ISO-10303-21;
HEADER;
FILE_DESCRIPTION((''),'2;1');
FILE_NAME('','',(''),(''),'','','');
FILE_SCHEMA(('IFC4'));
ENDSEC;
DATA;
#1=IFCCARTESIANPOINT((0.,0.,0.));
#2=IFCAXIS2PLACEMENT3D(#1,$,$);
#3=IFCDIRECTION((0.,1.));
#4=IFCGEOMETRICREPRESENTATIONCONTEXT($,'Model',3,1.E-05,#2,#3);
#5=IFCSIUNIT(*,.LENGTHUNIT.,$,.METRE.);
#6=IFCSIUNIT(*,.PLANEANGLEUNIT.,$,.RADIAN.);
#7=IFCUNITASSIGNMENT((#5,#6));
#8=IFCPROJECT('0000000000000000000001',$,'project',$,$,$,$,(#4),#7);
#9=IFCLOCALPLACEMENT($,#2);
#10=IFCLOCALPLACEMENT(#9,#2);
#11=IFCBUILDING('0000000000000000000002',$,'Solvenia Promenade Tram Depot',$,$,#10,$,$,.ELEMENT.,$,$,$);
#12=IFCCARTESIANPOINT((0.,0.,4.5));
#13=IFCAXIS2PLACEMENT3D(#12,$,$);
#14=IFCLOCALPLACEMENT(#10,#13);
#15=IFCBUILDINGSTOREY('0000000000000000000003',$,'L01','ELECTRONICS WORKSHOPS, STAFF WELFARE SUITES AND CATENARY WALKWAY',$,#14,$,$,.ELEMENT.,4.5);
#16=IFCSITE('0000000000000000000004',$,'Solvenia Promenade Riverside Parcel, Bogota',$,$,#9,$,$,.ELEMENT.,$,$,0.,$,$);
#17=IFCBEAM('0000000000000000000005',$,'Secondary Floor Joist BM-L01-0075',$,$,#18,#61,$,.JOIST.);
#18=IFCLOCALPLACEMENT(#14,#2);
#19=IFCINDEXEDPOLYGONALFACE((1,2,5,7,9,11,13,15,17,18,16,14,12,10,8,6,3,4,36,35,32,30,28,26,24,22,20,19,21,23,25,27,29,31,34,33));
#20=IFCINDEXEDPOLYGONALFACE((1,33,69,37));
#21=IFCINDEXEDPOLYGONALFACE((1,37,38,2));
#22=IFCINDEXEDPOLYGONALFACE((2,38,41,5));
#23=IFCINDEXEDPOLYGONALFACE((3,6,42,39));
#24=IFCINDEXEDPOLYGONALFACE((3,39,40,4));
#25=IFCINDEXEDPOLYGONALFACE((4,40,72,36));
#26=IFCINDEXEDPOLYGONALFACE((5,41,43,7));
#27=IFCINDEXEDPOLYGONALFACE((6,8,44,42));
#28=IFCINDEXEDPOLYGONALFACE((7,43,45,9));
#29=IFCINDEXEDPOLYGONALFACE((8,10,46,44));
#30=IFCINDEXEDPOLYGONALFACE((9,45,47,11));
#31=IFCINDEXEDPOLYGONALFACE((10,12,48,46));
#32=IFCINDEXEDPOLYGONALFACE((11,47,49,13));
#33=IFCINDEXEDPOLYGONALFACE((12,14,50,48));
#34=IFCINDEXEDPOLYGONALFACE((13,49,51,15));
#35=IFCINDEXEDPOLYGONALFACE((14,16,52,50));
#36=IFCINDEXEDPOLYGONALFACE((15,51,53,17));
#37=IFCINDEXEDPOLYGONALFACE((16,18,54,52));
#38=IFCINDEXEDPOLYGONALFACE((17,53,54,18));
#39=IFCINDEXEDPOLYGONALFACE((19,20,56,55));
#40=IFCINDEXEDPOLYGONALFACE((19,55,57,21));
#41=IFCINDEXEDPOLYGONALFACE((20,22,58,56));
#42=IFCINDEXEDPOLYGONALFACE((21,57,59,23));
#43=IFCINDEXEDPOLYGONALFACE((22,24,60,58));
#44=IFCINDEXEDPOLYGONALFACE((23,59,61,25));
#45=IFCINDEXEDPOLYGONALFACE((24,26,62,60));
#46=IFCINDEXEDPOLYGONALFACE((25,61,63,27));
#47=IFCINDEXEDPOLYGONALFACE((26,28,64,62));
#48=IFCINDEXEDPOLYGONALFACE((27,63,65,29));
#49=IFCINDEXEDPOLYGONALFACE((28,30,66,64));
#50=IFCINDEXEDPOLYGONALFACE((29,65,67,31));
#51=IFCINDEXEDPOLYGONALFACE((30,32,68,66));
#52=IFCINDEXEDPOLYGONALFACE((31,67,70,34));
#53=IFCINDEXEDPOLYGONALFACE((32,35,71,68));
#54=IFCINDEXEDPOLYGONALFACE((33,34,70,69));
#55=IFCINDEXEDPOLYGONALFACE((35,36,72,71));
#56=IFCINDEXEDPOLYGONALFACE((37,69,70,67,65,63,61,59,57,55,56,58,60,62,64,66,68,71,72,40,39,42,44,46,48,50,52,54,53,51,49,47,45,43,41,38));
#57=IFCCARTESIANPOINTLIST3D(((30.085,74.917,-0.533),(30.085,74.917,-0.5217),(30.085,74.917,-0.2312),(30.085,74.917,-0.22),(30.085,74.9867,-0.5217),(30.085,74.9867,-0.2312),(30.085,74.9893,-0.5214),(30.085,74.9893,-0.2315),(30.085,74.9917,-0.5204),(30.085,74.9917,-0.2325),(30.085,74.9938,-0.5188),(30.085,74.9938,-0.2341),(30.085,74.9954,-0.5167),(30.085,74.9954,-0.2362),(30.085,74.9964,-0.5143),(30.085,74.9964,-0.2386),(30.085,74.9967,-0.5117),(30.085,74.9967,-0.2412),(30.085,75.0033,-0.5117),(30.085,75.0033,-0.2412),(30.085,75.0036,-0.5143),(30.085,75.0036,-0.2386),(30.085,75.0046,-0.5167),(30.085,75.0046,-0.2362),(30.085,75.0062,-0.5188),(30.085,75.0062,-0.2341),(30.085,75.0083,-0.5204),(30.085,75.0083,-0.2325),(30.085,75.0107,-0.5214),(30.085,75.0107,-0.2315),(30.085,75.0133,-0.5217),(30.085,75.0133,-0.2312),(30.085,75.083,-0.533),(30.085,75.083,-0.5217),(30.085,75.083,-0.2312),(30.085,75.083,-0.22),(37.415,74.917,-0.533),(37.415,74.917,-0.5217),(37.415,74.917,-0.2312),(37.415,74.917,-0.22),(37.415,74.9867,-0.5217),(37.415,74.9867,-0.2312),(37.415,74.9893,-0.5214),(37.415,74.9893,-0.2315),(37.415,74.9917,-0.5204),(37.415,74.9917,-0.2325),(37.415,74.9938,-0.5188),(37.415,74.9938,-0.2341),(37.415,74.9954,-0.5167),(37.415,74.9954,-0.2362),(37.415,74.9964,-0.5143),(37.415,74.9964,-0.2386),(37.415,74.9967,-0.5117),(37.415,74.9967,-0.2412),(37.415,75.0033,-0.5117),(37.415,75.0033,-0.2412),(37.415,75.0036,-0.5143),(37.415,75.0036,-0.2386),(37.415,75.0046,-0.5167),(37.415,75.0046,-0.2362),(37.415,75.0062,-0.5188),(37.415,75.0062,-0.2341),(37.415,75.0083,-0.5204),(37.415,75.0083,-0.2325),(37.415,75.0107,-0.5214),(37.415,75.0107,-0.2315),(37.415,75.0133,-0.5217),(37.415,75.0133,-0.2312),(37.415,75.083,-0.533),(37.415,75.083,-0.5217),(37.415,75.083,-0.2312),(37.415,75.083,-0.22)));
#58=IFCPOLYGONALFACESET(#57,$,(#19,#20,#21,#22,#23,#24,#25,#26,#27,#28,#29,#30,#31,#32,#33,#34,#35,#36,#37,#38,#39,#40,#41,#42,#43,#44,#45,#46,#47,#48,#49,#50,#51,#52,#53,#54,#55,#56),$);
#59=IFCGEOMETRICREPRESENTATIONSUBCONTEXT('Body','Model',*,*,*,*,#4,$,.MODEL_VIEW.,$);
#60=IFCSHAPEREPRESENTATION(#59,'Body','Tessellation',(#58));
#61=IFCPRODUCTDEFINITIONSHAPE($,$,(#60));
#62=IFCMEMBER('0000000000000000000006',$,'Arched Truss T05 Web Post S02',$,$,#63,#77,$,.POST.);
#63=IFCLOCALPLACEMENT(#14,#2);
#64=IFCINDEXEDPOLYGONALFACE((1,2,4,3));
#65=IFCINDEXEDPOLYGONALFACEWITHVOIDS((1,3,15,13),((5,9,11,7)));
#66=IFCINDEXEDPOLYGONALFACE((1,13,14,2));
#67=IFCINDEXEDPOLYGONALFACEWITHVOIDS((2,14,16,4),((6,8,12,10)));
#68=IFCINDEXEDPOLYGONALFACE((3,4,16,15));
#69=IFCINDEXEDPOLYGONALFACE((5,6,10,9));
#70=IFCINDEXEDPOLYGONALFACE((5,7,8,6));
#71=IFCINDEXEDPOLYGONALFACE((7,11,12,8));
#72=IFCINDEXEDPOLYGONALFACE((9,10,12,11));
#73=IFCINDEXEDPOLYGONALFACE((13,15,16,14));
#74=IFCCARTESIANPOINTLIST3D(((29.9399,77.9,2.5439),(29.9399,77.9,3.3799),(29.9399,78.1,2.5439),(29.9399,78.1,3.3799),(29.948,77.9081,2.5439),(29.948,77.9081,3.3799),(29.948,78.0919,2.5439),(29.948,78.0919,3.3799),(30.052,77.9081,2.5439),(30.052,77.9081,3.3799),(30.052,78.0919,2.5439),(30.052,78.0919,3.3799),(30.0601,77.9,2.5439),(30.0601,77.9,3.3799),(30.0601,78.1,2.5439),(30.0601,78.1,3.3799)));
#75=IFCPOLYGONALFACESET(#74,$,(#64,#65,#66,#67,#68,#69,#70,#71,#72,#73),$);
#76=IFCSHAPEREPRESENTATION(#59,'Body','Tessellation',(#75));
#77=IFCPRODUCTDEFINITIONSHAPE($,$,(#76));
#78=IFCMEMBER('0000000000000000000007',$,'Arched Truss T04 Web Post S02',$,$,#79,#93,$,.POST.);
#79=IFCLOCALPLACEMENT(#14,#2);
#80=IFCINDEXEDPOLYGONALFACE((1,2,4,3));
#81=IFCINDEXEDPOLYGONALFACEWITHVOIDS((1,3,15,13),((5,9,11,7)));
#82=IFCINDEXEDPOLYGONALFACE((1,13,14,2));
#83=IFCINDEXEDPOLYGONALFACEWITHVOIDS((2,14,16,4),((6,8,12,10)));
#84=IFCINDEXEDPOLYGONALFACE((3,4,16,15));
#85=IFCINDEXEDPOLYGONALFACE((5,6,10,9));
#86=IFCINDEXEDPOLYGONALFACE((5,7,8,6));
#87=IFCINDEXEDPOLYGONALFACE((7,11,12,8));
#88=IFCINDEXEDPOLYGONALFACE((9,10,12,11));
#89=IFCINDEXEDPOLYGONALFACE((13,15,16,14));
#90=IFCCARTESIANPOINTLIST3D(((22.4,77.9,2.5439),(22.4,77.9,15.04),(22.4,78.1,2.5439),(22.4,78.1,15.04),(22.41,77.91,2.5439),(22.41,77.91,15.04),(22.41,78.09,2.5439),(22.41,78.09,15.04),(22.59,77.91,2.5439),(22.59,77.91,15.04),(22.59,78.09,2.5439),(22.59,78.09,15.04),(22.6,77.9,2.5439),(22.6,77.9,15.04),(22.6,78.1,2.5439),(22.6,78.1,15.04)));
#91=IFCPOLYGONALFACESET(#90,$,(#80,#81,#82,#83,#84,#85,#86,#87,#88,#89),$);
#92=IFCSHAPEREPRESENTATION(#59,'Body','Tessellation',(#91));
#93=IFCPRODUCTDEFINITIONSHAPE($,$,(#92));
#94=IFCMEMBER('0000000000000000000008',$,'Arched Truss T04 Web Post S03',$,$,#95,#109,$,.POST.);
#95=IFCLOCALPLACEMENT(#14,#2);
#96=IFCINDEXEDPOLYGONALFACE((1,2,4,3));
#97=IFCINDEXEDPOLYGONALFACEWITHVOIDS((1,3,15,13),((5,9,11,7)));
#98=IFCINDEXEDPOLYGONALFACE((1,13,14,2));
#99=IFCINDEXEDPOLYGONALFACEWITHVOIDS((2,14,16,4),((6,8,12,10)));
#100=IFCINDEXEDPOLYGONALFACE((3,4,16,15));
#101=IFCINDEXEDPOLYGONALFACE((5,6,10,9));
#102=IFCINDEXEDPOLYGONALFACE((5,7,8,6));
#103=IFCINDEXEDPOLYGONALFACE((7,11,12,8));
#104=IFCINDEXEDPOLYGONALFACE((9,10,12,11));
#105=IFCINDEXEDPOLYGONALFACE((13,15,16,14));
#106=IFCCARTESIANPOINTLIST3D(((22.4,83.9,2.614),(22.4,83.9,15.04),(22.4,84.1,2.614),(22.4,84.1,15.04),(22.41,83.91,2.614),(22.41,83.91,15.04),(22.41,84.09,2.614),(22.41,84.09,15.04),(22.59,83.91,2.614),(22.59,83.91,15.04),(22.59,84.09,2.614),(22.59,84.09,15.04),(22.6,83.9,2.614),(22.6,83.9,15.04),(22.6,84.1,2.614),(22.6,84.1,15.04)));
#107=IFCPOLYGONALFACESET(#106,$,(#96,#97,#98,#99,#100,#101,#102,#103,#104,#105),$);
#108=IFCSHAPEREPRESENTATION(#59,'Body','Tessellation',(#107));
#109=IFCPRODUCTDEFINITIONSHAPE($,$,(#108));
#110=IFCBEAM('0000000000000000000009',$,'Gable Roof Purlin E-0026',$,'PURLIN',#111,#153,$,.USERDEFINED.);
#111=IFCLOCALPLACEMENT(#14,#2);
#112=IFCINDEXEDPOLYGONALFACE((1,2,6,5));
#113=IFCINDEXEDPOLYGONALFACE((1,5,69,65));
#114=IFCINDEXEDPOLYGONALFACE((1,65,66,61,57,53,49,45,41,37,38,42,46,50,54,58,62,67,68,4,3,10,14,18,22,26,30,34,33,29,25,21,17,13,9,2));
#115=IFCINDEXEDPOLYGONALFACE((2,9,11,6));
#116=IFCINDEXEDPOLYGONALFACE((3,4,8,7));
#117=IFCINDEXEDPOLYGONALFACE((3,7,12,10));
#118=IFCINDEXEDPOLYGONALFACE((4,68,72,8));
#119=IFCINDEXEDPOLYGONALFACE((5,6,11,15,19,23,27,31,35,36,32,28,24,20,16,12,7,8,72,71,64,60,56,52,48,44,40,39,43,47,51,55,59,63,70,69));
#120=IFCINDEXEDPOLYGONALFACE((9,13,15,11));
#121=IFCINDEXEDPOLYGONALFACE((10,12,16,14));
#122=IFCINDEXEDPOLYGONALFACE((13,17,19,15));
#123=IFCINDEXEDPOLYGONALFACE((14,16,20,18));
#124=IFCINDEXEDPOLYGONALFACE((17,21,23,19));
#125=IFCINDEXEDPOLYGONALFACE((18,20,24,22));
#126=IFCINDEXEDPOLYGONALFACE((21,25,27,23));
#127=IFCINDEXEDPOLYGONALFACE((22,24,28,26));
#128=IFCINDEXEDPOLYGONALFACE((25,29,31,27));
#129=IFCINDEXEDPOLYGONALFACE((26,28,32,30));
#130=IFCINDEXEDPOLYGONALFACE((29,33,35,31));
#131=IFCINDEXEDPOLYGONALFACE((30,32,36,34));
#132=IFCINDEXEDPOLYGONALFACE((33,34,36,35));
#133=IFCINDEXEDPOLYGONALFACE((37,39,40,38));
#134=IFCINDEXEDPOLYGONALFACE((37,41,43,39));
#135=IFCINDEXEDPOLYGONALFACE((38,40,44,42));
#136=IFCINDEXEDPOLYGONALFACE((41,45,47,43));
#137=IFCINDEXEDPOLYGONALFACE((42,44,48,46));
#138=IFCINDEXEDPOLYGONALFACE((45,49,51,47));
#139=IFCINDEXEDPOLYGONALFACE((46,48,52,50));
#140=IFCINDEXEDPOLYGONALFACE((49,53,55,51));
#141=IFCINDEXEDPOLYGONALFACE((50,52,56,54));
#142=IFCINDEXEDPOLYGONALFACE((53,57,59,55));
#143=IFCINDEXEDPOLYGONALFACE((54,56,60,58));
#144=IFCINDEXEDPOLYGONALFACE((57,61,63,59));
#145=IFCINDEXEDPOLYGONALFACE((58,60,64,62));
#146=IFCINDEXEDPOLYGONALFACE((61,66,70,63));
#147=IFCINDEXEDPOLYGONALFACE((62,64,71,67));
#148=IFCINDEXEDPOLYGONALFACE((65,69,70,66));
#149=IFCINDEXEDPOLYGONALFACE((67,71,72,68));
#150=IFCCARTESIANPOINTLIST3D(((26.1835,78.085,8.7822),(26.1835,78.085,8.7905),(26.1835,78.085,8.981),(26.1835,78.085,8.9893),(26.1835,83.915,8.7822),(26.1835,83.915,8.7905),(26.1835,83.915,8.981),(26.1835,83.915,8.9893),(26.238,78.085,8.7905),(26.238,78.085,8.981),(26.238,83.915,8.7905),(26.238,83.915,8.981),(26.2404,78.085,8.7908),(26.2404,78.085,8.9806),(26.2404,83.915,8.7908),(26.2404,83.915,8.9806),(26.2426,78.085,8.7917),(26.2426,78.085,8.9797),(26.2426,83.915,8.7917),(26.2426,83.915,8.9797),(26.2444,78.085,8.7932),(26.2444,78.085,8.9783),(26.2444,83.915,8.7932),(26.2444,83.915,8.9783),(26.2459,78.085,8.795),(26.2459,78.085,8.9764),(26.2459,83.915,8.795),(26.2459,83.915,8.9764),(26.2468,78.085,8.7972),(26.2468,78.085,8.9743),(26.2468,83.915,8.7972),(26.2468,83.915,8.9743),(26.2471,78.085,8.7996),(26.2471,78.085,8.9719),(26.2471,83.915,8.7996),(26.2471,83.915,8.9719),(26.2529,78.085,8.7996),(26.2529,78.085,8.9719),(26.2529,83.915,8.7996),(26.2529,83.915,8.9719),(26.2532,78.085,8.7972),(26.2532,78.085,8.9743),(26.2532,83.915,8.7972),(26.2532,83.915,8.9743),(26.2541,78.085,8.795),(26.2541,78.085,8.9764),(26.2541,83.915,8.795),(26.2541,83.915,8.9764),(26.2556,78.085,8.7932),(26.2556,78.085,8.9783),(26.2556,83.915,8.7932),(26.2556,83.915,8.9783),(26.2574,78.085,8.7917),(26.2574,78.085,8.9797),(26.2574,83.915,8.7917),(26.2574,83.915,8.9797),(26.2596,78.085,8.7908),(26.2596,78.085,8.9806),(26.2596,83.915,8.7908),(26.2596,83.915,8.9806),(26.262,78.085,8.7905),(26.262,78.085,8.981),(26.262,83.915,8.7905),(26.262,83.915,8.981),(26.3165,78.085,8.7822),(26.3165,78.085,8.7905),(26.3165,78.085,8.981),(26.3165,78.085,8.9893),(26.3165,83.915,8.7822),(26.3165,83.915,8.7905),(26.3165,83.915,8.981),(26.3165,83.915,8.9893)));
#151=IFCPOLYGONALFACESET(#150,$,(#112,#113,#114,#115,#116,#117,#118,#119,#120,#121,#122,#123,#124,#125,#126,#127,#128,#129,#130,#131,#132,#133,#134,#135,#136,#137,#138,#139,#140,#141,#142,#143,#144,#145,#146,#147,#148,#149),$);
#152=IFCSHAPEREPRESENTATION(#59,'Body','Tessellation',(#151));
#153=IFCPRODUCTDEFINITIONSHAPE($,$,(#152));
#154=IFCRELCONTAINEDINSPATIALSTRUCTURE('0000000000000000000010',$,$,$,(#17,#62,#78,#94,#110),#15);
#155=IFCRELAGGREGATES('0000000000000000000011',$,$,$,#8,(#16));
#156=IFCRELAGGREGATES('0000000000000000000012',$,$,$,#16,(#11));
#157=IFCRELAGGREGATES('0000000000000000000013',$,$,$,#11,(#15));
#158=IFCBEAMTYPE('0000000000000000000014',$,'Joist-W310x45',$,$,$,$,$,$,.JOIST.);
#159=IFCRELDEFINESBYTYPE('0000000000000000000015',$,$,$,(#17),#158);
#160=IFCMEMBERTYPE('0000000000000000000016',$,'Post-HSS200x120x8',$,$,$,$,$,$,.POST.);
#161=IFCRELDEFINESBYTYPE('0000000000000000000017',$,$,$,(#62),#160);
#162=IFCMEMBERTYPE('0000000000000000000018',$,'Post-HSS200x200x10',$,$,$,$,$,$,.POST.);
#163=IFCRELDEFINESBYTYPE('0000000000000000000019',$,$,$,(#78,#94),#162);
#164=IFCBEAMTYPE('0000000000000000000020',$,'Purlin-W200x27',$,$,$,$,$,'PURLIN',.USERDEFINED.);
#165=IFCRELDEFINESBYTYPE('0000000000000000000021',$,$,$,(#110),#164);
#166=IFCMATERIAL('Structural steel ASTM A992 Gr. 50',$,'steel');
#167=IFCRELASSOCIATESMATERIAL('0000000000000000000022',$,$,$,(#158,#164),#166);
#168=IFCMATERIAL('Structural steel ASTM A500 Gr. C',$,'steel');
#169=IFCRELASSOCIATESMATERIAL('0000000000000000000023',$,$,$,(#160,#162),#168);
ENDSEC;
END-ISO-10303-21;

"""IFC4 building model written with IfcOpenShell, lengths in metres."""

from ifc_helpers import new_model, si_unit, direction, frame, origin, origin_2d, place, context, subcontext, project, spatial, hollow_rectangle, i_section, extrude, material, material_profile, profile_set, type_object, element, save


model = new_model("IFC4")

# Units and contexts
model_context = context("Model", 3, precision=1e-05, world=origin(), true_north=direction((0.0, 1.0)))
body_context = subcontext(model_context, "Body", "Model", "MODEL_VIEW")
ifc_project = project(units=[si_unit("LENGTHUNIT", "METRE"), si_unit("PLANEANGLEUNIT", "RADIAN")], contexts=[model_context])

# Site, building, storey
site_placement = place(None, origin())
site = spatial("IfcSite", under=ifc_project, at=site_placement, Name="Solvenia Promenade Riverside Parcel, Bogota", CompositionType="ELEMENT", RefElevation=0.0)
building_placement = place(site_placement, origin())
building = spatial("IfcBuilding", under=site, at=building_placement, Name="Solvenia Promenade Tram Depot", CompositionType="ELEMENT")
storey_placement = place(building_placement, frame((0.0, 0.0, 4.5)))
storey = spatial("IfcBuildingStorey", under=building, at=storey_placement, Name="L01", Description="ELECTRONICS WORKSHOPS, STAFF WELFARE SUITES AND CATENARY WALKWAY", CompositionType="ELEMENT", Elevation=4.5)

# Shared definitions
ifc_material_1 = material(Name="Structural steel ASTM A500 Gr. C", Category="steel")

# Beam
ifc_material_2 = material(Name="Structural steel ASTM A992 Gr. 50", Category="steel")
ifc_material_profile_1 = material_profile(ifc_material_2, i_section(OverallWidth=0.166, OverallDepth=0.313, WebThickness=0.0066, FlangeThickness=0.0112, FilletRadius=0.01, at=origin_2d()), Name="W310x45", Category="steel")
ifc_profile_set_1 = profile_set([ifc_material_profile_1], Name="Structural steel ASTM A992 Gr. 50")
beam_type_1 = type_object("IfcBeamType", Name="Joist-W310x45", PredefinedType="JOIST", material=ifc_profile_set_1)
for number, where, z_axis, x_axis, name in (
    (1, (30.085, 75.0, -0.3765), (1.0, 0.0, 0.0), (0.0, 1.0, 0.0), "Secondary Floor Joist BM-L01-0075"),
):
    element("IfcBeam", number, at=place(storey_placement, frame(where, z_axis=z_axis, x_axis=x_axis)), inside=storey, type_object=beam_type_1, Name=name, PredefinedType="JOIST", context=body_context, shape_type="SweptSolid", body=[
        extrude(i_section(OverallWidth=0.166, OverallDepth=0.313, WebThickness=0.0066, FlangeThickness=0.0112, FilletRadius=0.01, at=origin_2d()), origin(), (0.0, 0.0, 1.0), 7.3301),
    ])

# Members
ifc_material_profile_2 = material_profile(ifc_material_1, hollow_rectangle(XDim=0.1201, YDim=0.2, WallThickness=0.0081, at=origin_2d()), Name="HSS200x120x8", Category="steel")
ifc_profile_set_2 = profile_set([ifc_material_profile_2], Name="Structural steel ASTM A500 Gr. C")
member_type_1 = type_object("IfcMemberType", Name="Post-HSS200x120x8", PredefinedType="POST", material=ifc_profile_set_2)
member_1_placement = place(storey_placement, frame((30.0, 78.0, 2.5439), z_axis=(0.0, 0.0, 1.0), x_axis=(1.0, 0.0, 0.0)))
element("IfcMember", 2, at=member_1_placement, inside=storey, type_object=member_type_1, Name="Arched Truss T05 Web Post S02", PredefinedType="POST", context=body_context, shape_type="SweptSolid", body=[
    extrude(hollow_rectangle(XDim=0.1201, YDim=0.2, WallThickness=0.0081, at=origin_2d()), origin(), (0.0, 0.0, 1.0), 0.8359),
])
ifc_material_profile_3 = material_profile(ifc_material_1, hollow_rectangle(XDim=0.2, YDim=0.2, WallThickness=0.01, at=origin_2d()), Name="HSS200x200x10", Category="steel")
ifc_profile_set_3 = profile_set([ifc_material_profile_3], Name="Structural steel ASTM A500 Gr. C")
member_type_2 = type_object("IfcMemberType", Name="Post-HSS200x200x10", PredefinedType="POST", material=ifc_profile_set_3)
member_2_placement = place(storey_placement, frame((22.5, 78.0, 2.5439), z_axis=(0.0, 0.0, 1.0), x_axis=(1.0, 0.0, 0.0)))
element("IfcMember", 3, at=member_2_placement, inside=storey, type_object=member_type_2, Name="Arched Truss T04 Web Post S02", PredefinedType="POST", context=body_context, shape_type="SweptSolid", body=[
    extrude(hollow_rectangle(XDim=0.2, YDim=0.2, WallThickness=0.01, at=origin_2d()), origin(), (0.0, 0.0, 1.0), 12.4961),
])
member_3_placement = place(storey_placement, frame((22.5, 84.0, 2.614), z_axis=(0.0, 0.0, 1.0), x_axis=(1.0, 0.0, 0.0)))
element("IfcMember", 4, at=member_3_placement, inside=storey, type_object=member_type_2, Name="Arched Truss T04 Web Post S03", PredefinedType="POST", context=body_context, shape_type="SweptSolid", body=[
    extrude(hollow_rectangle(XDim=0.2, YDim=0.2, WallThickness=0.01, at=origin_2d()), origin(), (0.0, 0.0, 1.0), 12.426),
])

# Beam
ifc_material_profile_4 = material_profile(ifc_material_2, i_section(OverallWidth=0.1331, OverallDepth=0.207, WebThickness=0.0059, FlangeThickness=0.0083, FilletRadius=0.009, at=origin_2d()), Name="W200x27", Category="steel")
ifc_profile_set_4 = profile_set([ifc_material_profile_4], Name="Structural steel ASTM A992 Gr. 50")
beam_type_2 = type_object("IfcBeamType", Name="Purlin-W200x27", ElementType="PURLIN", PredefinedType="USERDEFINED", material=ifc_profile_set_4)
beam_1_placement = place(storey_placement, frame((26.25, 78.085, 8.8857), z_axis=(0.0, 1.0, 0.0), x_axis=(-1.0, 0.0, 0.0)))
element("IfcBeam", 5, at=beam_1_placement, inside=storey, type_object=beam_type_2, Name="Gable Roof Purlin E-0026", ObjectType="PURLIN", PredefinedType="USERDEFINED", context=body_context, shape_type="SweptSolid", body=[
    extrude(i_section(OverallWidth=0.1331, OverallDepth=0.207, WebThickness=0.0059, FlangeThickness=0.0083, FilletRadius=0.009, at=origin_2d()), origin(), (0.0, 0.0, 1.0), 5.8301),
])

save(model, "model.ifc")
